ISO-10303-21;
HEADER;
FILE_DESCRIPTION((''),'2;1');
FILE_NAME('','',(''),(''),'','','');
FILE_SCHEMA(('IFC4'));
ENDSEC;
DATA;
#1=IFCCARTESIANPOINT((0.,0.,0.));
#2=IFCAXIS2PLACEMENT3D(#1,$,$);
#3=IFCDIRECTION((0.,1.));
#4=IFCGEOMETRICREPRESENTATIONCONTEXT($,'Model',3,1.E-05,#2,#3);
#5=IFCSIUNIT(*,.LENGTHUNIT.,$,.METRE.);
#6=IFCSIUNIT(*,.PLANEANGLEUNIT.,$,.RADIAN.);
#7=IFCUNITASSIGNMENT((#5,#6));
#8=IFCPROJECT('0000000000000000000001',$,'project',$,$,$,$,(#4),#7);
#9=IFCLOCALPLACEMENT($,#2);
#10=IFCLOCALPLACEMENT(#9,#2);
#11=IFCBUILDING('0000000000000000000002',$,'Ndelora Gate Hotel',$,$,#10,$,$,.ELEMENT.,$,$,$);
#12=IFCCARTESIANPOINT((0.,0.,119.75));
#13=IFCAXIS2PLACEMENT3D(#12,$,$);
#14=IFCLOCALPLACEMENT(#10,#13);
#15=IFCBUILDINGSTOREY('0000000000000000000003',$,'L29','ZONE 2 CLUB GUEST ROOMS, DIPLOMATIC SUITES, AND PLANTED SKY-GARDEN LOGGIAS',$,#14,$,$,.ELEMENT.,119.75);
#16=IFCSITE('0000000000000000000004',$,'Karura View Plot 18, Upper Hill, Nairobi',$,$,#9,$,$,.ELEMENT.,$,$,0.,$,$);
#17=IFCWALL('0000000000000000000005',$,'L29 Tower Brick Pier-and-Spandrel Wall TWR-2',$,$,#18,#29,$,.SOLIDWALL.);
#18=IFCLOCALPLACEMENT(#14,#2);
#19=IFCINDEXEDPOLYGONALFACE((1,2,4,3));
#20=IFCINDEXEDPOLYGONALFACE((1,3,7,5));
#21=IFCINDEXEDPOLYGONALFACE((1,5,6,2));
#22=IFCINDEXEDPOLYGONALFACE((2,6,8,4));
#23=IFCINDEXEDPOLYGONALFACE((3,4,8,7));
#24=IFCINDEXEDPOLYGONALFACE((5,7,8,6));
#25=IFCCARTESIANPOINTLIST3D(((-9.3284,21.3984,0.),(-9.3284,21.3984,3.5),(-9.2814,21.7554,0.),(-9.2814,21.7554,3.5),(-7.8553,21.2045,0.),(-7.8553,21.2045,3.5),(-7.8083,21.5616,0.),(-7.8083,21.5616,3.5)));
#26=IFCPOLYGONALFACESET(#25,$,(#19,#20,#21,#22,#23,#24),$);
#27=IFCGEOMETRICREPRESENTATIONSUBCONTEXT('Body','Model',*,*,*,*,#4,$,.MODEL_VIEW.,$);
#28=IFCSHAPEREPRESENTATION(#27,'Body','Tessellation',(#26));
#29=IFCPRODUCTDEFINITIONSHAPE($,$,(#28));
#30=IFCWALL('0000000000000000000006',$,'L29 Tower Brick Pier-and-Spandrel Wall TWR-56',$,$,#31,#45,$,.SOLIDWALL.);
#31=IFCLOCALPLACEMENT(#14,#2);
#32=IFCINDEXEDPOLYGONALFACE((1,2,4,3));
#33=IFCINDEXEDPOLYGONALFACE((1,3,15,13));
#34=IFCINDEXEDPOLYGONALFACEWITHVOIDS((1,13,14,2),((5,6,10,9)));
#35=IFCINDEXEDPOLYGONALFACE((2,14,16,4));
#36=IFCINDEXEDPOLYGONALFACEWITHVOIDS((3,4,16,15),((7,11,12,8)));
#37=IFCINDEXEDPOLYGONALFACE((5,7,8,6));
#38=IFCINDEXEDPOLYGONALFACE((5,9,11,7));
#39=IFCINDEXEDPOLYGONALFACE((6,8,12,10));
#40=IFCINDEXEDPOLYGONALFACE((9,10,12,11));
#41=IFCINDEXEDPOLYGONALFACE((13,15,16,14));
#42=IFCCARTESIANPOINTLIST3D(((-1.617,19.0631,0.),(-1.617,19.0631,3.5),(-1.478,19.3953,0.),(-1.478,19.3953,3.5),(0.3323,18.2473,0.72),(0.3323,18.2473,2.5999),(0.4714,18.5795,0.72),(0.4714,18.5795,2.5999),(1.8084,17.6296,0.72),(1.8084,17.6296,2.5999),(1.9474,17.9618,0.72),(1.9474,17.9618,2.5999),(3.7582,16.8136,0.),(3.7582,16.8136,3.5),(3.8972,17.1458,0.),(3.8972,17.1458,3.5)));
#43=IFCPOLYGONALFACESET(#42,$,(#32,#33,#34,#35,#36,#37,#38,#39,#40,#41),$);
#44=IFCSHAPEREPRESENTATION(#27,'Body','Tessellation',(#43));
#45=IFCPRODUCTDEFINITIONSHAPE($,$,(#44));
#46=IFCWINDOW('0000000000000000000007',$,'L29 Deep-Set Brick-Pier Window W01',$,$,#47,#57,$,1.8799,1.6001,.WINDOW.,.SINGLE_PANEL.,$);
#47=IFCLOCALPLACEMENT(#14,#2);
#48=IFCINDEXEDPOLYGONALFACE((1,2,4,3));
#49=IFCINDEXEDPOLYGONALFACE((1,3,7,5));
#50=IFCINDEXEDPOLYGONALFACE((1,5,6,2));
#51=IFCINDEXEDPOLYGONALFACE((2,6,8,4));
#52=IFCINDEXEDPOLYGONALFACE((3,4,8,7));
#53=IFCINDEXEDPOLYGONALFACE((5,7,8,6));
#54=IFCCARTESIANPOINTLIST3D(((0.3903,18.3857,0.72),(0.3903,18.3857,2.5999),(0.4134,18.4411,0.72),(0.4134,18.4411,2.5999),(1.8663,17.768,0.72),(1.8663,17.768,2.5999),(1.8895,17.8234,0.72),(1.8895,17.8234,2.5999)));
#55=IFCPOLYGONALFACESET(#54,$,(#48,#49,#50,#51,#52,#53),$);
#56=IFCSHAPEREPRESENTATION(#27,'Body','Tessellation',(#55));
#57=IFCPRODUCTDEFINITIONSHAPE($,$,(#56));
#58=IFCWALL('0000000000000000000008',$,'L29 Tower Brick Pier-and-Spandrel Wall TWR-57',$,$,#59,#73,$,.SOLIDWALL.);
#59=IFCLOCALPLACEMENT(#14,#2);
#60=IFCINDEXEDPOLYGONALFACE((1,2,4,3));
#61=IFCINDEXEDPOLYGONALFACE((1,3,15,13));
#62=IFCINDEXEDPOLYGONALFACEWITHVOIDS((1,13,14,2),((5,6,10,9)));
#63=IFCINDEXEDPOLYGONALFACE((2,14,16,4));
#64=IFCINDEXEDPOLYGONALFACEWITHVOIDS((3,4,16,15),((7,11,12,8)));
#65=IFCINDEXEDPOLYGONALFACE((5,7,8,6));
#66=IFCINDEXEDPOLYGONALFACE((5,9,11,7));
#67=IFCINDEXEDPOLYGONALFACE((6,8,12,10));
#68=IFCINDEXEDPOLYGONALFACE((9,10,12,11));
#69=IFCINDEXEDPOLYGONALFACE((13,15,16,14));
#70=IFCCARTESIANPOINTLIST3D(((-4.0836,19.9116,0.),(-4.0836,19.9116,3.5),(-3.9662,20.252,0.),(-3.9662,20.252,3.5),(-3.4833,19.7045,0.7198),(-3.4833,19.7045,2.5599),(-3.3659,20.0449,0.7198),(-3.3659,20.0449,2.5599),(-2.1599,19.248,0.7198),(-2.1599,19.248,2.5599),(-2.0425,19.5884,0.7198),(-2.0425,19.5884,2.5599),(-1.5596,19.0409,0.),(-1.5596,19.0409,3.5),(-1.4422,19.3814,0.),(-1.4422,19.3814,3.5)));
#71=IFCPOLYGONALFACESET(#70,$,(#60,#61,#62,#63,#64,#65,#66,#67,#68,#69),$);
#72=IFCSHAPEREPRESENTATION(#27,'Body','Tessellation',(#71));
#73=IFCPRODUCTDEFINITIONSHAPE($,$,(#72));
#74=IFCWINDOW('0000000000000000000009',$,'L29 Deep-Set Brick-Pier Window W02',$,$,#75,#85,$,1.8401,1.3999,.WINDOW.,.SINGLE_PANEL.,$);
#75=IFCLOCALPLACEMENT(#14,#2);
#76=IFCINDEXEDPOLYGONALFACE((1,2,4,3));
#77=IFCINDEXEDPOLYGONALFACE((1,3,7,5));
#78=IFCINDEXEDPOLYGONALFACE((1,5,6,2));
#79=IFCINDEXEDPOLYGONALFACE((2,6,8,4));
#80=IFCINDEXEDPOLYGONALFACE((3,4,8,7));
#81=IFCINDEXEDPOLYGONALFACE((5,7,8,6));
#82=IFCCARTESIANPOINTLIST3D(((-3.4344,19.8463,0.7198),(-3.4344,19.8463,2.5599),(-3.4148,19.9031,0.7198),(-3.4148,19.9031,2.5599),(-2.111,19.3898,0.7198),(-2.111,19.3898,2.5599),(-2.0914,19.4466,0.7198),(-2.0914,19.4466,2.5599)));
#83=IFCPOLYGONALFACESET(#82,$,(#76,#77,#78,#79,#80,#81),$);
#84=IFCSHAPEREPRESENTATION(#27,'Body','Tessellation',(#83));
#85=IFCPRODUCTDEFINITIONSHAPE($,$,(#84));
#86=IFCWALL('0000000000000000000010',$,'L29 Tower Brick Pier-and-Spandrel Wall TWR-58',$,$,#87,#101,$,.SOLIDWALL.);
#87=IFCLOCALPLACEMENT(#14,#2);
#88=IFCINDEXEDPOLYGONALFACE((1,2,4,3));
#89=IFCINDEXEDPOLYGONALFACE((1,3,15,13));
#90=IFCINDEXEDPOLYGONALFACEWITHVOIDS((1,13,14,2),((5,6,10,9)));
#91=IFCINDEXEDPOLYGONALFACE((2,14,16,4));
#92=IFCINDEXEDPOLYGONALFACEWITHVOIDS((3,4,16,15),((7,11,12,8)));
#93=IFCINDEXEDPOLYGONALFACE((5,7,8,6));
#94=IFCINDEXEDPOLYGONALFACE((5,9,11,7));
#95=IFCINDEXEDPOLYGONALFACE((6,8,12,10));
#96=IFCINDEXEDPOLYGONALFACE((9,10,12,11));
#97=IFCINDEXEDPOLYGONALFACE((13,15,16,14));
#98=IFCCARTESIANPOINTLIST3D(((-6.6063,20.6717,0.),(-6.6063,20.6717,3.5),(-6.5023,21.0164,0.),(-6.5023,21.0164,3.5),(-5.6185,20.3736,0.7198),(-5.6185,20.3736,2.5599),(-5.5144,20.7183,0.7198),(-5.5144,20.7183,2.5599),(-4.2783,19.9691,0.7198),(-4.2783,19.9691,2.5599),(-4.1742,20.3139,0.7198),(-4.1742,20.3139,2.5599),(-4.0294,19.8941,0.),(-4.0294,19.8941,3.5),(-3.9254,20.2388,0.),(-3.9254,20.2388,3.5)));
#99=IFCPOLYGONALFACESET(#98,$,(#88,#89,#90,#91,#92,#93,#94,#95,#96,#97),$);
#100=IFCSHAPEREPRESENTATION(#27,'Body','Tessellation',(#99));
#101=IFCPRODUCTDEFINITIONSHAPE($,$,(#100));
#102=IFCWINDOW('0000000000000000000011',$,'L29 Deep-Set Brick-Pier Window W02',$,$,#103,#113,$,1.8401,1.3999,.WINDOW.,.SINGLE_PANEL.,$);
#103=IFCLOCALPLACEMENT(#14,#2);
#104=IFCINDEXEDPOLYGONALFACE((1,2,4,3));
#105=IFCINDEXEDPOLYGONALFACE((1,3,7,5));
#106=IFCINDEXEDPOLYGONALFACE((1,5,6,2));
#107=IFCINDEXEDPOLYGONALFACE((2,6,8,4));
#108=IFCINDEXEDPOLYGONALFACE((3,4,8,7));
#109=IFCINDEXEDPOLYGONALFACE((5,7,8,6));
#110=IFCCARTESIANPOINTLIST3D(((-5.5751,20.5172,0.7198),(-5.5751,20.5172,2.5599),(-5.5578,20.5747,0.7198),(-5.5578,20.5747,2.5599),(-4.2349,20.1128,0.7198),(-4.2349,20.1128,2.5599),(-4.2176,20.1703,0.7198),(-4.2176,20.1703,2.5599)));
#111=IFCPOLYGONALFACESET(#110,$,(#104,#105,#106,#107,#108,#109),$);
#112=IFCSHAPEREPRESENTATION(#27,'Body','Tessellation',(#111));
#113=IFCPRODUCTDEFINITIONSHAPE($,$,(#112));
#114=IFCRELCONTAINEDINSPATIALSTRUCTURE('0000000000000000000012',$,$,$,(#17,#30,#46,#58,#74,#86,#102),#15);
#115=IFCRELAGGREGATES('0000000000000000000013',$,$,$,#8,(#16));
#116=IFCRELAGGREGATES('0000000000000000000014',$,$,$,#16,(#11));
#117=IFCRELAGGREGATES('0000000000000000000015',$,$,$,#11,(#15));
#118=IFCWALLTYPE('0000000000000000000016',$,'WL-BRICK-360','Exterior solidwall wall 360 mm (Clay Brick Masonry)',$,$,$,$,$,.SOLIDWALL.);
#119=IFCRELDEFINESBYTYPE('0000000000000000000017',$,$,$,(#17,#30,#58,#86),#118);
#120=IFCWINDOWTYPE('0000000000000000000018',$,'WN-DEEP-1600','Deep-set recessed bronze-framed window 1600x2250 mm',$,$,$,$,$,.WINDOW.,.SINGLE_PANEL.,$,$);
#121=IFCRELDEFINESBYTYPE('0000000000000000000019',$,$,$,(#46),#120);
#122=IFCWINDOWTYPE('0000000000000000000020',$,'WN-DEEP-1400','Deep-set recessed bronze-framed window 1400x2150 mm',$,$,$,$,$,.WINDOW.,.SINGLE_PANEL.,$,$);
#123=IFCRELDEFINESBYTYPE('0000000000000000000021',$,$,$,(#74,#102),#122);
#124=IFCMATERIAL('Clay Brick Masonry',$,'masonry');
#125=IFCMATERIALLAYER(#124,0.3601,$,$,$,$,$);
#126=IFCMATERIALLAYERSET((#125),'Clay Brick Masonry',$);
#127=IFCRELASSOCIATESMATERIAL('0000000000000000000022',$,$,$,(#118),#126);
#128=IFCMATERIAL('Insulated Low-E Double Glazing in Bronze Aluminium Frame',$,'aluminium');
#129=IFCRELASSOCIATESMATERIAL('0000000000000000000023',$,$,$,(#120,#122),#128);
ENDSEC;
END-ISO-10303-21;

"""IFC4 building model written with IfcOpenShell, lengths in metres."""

from ifc_helpers import new_model, si_unit, direction, frame, frame_2d, origin, place, context, subcontext, project, spatial, rectangle, extrude, material, layer, layer_set, type_object, element, fill, save


model = new_model("IFC4")

# Units and contexts
model_context = context("Model", 3, precision=1e-05, world=origin(), true_north=direction((0.0, 1.0)))
body_context = subcontext(model_context, "Body", "Model", "MODEL_VIEW")
ifc_project = project(units=[si_unit("LENGTHUNIT", "METRE"), si_unit("PLANEANGLEUNIT", "RADIAN")], contexts=[model_context])

# Site, building, storey
site_placement = place(None, origin())
site = spatial("IfcSite", under=ifc_project, at=site_placement, Name="Karura View Plot 18, Upper Hill, Nairobi", CompositionType="ELEMENT", RefElevation=0.0)
building_placement = place(site_placement, origin())
building = spatial("IfcBuilding", under=site, at=building_placement, Name="Ndelora Gate Hotel", CompositionType="ELEMENT")
storey_placement = place(building_placement, frame((0.0, 0.0, 119.75)))
storey = spatial("IfcBuildingStorey", under=building, at=storey_placement, Name="L29", Description="ZONE 2 CLUB GUEST ROOMS, DIPLOMATIC SUITES, AND PLANTED SKY-GARDEN LOGGIAS", CompositionType="ELEMENT", Elevation=119.75)

# Shared definitions
ifc_material_1 = material(Name="Clay Brick Masonry", Category="masonry")
ifc_layer_1 = layer(ifc_material_1, 0.3601)
ifc_layer_set_1 = layer_set([ifc_layer_1], Name="Clay Brick Masonry")
wall_type_1 = type_object("IfcWallType", Name="WL-BRICK-360", Description="Exterior solidwall wall 360 mm (Clay Brick Masonry)", PredefinedType="SOLIDWALL", material=ifc_layer_set_1)

# Wall
for number, where, z_axis, x_axis, name in (
    (1, (-9.3049, 21.5769, 0.0), (0.0, 0.0, 1.0), (0.991453, -0.130463, 0.0), "L29 Tower Brick Pier-and-Spandrel Wall TWR-2"),
):
    element("IfcWall", number, at=place(storey_placement, frame(where, z_axis=z_axis, x_axis=x_axis)), inside=storey, type_object=wall_type_1, Name=name, PredefinedType="SOLIDWALL", context=body_context, shape_type="SweptSolid", body=[
        extrude(rectangle(XDim=1.4858, YDim=0.3601, at=frame_2d((0.7429, 0.0))), origin(), (0.0, 0.0, 1.0), 3.5),
    ])

# Walls, openings, windows
wall_1_placement = place(storey_placement, frame((-1.5476, 19.2292, 0.0), z_axis=(0.0, 0.0, 1.0), x_axis=(0.922477, -0.386052, 0.0)))
wall_1 = element("IfcWall", 2, at=wall_1_placement, inside=storey, type_object=wall_type_1, Name="L29 Tower Brick Pier-and-Spandrel Wall TWR-56", PredefinedType="SOLIDWALL", context=body_context, shape_type="SweptSolid", body=[
    extrude(rectangle(XDim=5.8269, YDim=0.3601, at=frame_2d((2.9136, 0.0))), origin(), (0.0, 0.0, 1.0), 3.5),
])
opening_1_placement = place(wall_1_placement, frame((2.1133, 0.0, 0.72)))
opening_1 = element("IfcOpeningElement", 3, at=opening_1_placement, cuts=wall_1, PredefinedType="OPENING", context=body_context, shape_type="SweptSolid", body=[
    extrude(rectangle(XDim=1.6001, YDim=1.8799, at=frame_2d((0.8, 0.9399))), frame((0.0, 0.1899, 0.0), z_axis=(0.0, -1.0, 0.0), x_axis=(1.0, 0.0, 0.0)), (0.0, 0.0, 1.0), 0.3801),
])
ifc_material_2 = material(Name="Insulated Low-E Double Glazing in Bronze Aluminium Frame", Category="aluminium")
window_type_1 = type_object("IfcWindowType", Name="WN-DEEP-1600", Description="Deep-set recessed bronze-framed window 1600x2250 mm", PartitioningType="SINGLE_PANEL", PredefinedType="WINDOW", material=ifc_material_2)
window_1_placement = place(opening_1_placement, origin())
window_1 = element("IfcWindow", 4, at=window_1_placement, inside=storey, type_object=window_type_1, Name="L29 Deep-Set Brick-Pier Window W01", OverallHeight=1.8799, OverallWidth=1.6001, PartitioningType="SINGLE_PANEL", PredefinedType="WINDOW", context=body_context, shape_type="SweptSolid", body=[
    extrude(rectangle(XDim=1.6001, YDim=1.8799, at=frame_2d((0.8, 0.9399))), frame((0.0, 0.03, 0.0), z_axis=(0.0, -1.0, 0.0), x_axis=(1.0, 0.0, 0.0)), (0.0, 0.0, 1.0), 0.0601),
])
fill(opening_1, window_1)
wall_2_placement = place(storey_placement, frame((-4.0249, 20.0818, 0.0), z_axis=(0.0, 0.0, 1.0), x_axis=(0.94534, -0.326086, 0.0)))
wall_2 = element("IfcWall", 5, at=wall_2_placement, inside=storey, type_object=wall_type_1, Name="L29 Tower Brick Pier-and-Spandrel Wall TWR-57", PredefinedType="SOLIDWALL", context=body_context, shape_type="SweptSolid", body=[
    extrude(rectangle(XDim=2.6699, YDim=0.3601, at=frame_2d((1.335, 0.0))), origin(), (0.0, 0.0, 1.0), 3.5),
])
opening_2_placement = place(wall_2_placement, frame((0.635, 0.0, 0.72)))
opening_2 = element("IfcOpeningElement", 6, at=opening_2_placement, cuts=wall_2, PredefinedType="OPENING", context=body_context, shape_type="SweptSolid", body=[
    extrude(rectangle(XDim=1.3999, YDim=1.8401, at=frame_2d((0.7, 0.9199))), frame((0.0, 0.1899, 0.0), z_axis=(0.0, -1.0, 0.0), x_axis=(1.0, 0.0, 0.0)), (0.0, 0.0, 1.0), 0.3801),
])
window_type_2 = type_object("IfcWindowType", Name="WN-DEEP-1400", Description="Deep-set recessed bronze-framed window 1400x2150 mm", PartitioningType="SINGLE_PANEL", PredefinedType="WINDOW", material=ifc_material_2)
window_2_placement = place(opening_2_placement, origin())
window_2 = element("IfcWindow", 7, at=window_2_placement, inside=storey, type_object=window_type_2, Name="L29 Deep-Set Brick-Pier Window W02", OverallHeight=1.8401, OverallWidth=1.3999, PartitioningType="SINGLE_PANEL", PredefinedType="WINDOW", context=body_context, shape_type="SweptSolid", body=[
    extrude(rectangle(XDim=1.3999, YDim=1.8401, at=frame_2d((0.7, 0.9199))), frame((0.0, 0.03, 0.0), z_axis=(0.0, -1.0, 0.0), x_axis=(1.0, 0.0, 0.0)), (0.0, 0.0, 1.0), 0.0601),
])
fill(opening_2, window_2)
wall_3_placement = place(storey_placement, frame((-6.5542, 20.844, 0.0), z_axis=(0.0, 0.0, 1.0), x_axis=(0.957363, -0.288887, 0.0)))
wall_3 = element("IfcWall", 8, at=wall_3_placement, inside=storey, type_object=wall_type_1, Name="L29 Tower Brick Pier-and-Spandrel Wall TWR-58", PredefinedType="SOLIDWALL", context=body_context, shape_type="SweptSolid", body=[
    extrude(rectangle(XDim=2.6917, YDim=0.3601, at=frame_2d((1.3457, 0.0))), origin(), (0.0, 0.0, 1.0), 3.5),
])
opening_3_placement = place(wall_3_placement, frame((1.0317, 0.0, 0.72)))
opening_3 = element("IfcOpeningElement", 9, at=opening_3_placement, cuts=wall_3, PredefinedType="OPENING", context=body_context, shape_type="SweptSolid", body=[
    extrude(rectangle(XDim=1.3999, YDim=1.8401, at=frame_2d((0.7, 0.9199))), frame((0.0, 0.1899, 0.0), z_axis=(0.0, -1.0, 0.0), x_axis=(1.0, 0.0, 0.0)), (0.0, 0.0, 1.0), 0.3801),
])
window_3_placement = place(opening_3_placement, origin())
window_3 = element("IfcWindow", 10, at=window_3_placement, inside=storey, type_object=window_type_2, Name="L29 Deep-Set Brick-Pier Window W02", OverallHeight=1.8401, OverallWidth=1.3999, PartitioningType="SINGLE_PANEL", PredefinedType="WINDOW", context=body_context, shape_type="SweptSolid", body=[
    extrude(rectangle(XDim=1.3999, YDim=1.8401, at=frame_2d((0.7, 0.9199))), frame((0.0, 0.03, 0.0), z_axis=(0.0, -1.0, 0.0), x_axis=(1.0, 0.0, 0.0)), (0.0, 0.0, 1.0), 0.0601),
])
fill(opening_3, window_3)

save(model, "model.ifc")
